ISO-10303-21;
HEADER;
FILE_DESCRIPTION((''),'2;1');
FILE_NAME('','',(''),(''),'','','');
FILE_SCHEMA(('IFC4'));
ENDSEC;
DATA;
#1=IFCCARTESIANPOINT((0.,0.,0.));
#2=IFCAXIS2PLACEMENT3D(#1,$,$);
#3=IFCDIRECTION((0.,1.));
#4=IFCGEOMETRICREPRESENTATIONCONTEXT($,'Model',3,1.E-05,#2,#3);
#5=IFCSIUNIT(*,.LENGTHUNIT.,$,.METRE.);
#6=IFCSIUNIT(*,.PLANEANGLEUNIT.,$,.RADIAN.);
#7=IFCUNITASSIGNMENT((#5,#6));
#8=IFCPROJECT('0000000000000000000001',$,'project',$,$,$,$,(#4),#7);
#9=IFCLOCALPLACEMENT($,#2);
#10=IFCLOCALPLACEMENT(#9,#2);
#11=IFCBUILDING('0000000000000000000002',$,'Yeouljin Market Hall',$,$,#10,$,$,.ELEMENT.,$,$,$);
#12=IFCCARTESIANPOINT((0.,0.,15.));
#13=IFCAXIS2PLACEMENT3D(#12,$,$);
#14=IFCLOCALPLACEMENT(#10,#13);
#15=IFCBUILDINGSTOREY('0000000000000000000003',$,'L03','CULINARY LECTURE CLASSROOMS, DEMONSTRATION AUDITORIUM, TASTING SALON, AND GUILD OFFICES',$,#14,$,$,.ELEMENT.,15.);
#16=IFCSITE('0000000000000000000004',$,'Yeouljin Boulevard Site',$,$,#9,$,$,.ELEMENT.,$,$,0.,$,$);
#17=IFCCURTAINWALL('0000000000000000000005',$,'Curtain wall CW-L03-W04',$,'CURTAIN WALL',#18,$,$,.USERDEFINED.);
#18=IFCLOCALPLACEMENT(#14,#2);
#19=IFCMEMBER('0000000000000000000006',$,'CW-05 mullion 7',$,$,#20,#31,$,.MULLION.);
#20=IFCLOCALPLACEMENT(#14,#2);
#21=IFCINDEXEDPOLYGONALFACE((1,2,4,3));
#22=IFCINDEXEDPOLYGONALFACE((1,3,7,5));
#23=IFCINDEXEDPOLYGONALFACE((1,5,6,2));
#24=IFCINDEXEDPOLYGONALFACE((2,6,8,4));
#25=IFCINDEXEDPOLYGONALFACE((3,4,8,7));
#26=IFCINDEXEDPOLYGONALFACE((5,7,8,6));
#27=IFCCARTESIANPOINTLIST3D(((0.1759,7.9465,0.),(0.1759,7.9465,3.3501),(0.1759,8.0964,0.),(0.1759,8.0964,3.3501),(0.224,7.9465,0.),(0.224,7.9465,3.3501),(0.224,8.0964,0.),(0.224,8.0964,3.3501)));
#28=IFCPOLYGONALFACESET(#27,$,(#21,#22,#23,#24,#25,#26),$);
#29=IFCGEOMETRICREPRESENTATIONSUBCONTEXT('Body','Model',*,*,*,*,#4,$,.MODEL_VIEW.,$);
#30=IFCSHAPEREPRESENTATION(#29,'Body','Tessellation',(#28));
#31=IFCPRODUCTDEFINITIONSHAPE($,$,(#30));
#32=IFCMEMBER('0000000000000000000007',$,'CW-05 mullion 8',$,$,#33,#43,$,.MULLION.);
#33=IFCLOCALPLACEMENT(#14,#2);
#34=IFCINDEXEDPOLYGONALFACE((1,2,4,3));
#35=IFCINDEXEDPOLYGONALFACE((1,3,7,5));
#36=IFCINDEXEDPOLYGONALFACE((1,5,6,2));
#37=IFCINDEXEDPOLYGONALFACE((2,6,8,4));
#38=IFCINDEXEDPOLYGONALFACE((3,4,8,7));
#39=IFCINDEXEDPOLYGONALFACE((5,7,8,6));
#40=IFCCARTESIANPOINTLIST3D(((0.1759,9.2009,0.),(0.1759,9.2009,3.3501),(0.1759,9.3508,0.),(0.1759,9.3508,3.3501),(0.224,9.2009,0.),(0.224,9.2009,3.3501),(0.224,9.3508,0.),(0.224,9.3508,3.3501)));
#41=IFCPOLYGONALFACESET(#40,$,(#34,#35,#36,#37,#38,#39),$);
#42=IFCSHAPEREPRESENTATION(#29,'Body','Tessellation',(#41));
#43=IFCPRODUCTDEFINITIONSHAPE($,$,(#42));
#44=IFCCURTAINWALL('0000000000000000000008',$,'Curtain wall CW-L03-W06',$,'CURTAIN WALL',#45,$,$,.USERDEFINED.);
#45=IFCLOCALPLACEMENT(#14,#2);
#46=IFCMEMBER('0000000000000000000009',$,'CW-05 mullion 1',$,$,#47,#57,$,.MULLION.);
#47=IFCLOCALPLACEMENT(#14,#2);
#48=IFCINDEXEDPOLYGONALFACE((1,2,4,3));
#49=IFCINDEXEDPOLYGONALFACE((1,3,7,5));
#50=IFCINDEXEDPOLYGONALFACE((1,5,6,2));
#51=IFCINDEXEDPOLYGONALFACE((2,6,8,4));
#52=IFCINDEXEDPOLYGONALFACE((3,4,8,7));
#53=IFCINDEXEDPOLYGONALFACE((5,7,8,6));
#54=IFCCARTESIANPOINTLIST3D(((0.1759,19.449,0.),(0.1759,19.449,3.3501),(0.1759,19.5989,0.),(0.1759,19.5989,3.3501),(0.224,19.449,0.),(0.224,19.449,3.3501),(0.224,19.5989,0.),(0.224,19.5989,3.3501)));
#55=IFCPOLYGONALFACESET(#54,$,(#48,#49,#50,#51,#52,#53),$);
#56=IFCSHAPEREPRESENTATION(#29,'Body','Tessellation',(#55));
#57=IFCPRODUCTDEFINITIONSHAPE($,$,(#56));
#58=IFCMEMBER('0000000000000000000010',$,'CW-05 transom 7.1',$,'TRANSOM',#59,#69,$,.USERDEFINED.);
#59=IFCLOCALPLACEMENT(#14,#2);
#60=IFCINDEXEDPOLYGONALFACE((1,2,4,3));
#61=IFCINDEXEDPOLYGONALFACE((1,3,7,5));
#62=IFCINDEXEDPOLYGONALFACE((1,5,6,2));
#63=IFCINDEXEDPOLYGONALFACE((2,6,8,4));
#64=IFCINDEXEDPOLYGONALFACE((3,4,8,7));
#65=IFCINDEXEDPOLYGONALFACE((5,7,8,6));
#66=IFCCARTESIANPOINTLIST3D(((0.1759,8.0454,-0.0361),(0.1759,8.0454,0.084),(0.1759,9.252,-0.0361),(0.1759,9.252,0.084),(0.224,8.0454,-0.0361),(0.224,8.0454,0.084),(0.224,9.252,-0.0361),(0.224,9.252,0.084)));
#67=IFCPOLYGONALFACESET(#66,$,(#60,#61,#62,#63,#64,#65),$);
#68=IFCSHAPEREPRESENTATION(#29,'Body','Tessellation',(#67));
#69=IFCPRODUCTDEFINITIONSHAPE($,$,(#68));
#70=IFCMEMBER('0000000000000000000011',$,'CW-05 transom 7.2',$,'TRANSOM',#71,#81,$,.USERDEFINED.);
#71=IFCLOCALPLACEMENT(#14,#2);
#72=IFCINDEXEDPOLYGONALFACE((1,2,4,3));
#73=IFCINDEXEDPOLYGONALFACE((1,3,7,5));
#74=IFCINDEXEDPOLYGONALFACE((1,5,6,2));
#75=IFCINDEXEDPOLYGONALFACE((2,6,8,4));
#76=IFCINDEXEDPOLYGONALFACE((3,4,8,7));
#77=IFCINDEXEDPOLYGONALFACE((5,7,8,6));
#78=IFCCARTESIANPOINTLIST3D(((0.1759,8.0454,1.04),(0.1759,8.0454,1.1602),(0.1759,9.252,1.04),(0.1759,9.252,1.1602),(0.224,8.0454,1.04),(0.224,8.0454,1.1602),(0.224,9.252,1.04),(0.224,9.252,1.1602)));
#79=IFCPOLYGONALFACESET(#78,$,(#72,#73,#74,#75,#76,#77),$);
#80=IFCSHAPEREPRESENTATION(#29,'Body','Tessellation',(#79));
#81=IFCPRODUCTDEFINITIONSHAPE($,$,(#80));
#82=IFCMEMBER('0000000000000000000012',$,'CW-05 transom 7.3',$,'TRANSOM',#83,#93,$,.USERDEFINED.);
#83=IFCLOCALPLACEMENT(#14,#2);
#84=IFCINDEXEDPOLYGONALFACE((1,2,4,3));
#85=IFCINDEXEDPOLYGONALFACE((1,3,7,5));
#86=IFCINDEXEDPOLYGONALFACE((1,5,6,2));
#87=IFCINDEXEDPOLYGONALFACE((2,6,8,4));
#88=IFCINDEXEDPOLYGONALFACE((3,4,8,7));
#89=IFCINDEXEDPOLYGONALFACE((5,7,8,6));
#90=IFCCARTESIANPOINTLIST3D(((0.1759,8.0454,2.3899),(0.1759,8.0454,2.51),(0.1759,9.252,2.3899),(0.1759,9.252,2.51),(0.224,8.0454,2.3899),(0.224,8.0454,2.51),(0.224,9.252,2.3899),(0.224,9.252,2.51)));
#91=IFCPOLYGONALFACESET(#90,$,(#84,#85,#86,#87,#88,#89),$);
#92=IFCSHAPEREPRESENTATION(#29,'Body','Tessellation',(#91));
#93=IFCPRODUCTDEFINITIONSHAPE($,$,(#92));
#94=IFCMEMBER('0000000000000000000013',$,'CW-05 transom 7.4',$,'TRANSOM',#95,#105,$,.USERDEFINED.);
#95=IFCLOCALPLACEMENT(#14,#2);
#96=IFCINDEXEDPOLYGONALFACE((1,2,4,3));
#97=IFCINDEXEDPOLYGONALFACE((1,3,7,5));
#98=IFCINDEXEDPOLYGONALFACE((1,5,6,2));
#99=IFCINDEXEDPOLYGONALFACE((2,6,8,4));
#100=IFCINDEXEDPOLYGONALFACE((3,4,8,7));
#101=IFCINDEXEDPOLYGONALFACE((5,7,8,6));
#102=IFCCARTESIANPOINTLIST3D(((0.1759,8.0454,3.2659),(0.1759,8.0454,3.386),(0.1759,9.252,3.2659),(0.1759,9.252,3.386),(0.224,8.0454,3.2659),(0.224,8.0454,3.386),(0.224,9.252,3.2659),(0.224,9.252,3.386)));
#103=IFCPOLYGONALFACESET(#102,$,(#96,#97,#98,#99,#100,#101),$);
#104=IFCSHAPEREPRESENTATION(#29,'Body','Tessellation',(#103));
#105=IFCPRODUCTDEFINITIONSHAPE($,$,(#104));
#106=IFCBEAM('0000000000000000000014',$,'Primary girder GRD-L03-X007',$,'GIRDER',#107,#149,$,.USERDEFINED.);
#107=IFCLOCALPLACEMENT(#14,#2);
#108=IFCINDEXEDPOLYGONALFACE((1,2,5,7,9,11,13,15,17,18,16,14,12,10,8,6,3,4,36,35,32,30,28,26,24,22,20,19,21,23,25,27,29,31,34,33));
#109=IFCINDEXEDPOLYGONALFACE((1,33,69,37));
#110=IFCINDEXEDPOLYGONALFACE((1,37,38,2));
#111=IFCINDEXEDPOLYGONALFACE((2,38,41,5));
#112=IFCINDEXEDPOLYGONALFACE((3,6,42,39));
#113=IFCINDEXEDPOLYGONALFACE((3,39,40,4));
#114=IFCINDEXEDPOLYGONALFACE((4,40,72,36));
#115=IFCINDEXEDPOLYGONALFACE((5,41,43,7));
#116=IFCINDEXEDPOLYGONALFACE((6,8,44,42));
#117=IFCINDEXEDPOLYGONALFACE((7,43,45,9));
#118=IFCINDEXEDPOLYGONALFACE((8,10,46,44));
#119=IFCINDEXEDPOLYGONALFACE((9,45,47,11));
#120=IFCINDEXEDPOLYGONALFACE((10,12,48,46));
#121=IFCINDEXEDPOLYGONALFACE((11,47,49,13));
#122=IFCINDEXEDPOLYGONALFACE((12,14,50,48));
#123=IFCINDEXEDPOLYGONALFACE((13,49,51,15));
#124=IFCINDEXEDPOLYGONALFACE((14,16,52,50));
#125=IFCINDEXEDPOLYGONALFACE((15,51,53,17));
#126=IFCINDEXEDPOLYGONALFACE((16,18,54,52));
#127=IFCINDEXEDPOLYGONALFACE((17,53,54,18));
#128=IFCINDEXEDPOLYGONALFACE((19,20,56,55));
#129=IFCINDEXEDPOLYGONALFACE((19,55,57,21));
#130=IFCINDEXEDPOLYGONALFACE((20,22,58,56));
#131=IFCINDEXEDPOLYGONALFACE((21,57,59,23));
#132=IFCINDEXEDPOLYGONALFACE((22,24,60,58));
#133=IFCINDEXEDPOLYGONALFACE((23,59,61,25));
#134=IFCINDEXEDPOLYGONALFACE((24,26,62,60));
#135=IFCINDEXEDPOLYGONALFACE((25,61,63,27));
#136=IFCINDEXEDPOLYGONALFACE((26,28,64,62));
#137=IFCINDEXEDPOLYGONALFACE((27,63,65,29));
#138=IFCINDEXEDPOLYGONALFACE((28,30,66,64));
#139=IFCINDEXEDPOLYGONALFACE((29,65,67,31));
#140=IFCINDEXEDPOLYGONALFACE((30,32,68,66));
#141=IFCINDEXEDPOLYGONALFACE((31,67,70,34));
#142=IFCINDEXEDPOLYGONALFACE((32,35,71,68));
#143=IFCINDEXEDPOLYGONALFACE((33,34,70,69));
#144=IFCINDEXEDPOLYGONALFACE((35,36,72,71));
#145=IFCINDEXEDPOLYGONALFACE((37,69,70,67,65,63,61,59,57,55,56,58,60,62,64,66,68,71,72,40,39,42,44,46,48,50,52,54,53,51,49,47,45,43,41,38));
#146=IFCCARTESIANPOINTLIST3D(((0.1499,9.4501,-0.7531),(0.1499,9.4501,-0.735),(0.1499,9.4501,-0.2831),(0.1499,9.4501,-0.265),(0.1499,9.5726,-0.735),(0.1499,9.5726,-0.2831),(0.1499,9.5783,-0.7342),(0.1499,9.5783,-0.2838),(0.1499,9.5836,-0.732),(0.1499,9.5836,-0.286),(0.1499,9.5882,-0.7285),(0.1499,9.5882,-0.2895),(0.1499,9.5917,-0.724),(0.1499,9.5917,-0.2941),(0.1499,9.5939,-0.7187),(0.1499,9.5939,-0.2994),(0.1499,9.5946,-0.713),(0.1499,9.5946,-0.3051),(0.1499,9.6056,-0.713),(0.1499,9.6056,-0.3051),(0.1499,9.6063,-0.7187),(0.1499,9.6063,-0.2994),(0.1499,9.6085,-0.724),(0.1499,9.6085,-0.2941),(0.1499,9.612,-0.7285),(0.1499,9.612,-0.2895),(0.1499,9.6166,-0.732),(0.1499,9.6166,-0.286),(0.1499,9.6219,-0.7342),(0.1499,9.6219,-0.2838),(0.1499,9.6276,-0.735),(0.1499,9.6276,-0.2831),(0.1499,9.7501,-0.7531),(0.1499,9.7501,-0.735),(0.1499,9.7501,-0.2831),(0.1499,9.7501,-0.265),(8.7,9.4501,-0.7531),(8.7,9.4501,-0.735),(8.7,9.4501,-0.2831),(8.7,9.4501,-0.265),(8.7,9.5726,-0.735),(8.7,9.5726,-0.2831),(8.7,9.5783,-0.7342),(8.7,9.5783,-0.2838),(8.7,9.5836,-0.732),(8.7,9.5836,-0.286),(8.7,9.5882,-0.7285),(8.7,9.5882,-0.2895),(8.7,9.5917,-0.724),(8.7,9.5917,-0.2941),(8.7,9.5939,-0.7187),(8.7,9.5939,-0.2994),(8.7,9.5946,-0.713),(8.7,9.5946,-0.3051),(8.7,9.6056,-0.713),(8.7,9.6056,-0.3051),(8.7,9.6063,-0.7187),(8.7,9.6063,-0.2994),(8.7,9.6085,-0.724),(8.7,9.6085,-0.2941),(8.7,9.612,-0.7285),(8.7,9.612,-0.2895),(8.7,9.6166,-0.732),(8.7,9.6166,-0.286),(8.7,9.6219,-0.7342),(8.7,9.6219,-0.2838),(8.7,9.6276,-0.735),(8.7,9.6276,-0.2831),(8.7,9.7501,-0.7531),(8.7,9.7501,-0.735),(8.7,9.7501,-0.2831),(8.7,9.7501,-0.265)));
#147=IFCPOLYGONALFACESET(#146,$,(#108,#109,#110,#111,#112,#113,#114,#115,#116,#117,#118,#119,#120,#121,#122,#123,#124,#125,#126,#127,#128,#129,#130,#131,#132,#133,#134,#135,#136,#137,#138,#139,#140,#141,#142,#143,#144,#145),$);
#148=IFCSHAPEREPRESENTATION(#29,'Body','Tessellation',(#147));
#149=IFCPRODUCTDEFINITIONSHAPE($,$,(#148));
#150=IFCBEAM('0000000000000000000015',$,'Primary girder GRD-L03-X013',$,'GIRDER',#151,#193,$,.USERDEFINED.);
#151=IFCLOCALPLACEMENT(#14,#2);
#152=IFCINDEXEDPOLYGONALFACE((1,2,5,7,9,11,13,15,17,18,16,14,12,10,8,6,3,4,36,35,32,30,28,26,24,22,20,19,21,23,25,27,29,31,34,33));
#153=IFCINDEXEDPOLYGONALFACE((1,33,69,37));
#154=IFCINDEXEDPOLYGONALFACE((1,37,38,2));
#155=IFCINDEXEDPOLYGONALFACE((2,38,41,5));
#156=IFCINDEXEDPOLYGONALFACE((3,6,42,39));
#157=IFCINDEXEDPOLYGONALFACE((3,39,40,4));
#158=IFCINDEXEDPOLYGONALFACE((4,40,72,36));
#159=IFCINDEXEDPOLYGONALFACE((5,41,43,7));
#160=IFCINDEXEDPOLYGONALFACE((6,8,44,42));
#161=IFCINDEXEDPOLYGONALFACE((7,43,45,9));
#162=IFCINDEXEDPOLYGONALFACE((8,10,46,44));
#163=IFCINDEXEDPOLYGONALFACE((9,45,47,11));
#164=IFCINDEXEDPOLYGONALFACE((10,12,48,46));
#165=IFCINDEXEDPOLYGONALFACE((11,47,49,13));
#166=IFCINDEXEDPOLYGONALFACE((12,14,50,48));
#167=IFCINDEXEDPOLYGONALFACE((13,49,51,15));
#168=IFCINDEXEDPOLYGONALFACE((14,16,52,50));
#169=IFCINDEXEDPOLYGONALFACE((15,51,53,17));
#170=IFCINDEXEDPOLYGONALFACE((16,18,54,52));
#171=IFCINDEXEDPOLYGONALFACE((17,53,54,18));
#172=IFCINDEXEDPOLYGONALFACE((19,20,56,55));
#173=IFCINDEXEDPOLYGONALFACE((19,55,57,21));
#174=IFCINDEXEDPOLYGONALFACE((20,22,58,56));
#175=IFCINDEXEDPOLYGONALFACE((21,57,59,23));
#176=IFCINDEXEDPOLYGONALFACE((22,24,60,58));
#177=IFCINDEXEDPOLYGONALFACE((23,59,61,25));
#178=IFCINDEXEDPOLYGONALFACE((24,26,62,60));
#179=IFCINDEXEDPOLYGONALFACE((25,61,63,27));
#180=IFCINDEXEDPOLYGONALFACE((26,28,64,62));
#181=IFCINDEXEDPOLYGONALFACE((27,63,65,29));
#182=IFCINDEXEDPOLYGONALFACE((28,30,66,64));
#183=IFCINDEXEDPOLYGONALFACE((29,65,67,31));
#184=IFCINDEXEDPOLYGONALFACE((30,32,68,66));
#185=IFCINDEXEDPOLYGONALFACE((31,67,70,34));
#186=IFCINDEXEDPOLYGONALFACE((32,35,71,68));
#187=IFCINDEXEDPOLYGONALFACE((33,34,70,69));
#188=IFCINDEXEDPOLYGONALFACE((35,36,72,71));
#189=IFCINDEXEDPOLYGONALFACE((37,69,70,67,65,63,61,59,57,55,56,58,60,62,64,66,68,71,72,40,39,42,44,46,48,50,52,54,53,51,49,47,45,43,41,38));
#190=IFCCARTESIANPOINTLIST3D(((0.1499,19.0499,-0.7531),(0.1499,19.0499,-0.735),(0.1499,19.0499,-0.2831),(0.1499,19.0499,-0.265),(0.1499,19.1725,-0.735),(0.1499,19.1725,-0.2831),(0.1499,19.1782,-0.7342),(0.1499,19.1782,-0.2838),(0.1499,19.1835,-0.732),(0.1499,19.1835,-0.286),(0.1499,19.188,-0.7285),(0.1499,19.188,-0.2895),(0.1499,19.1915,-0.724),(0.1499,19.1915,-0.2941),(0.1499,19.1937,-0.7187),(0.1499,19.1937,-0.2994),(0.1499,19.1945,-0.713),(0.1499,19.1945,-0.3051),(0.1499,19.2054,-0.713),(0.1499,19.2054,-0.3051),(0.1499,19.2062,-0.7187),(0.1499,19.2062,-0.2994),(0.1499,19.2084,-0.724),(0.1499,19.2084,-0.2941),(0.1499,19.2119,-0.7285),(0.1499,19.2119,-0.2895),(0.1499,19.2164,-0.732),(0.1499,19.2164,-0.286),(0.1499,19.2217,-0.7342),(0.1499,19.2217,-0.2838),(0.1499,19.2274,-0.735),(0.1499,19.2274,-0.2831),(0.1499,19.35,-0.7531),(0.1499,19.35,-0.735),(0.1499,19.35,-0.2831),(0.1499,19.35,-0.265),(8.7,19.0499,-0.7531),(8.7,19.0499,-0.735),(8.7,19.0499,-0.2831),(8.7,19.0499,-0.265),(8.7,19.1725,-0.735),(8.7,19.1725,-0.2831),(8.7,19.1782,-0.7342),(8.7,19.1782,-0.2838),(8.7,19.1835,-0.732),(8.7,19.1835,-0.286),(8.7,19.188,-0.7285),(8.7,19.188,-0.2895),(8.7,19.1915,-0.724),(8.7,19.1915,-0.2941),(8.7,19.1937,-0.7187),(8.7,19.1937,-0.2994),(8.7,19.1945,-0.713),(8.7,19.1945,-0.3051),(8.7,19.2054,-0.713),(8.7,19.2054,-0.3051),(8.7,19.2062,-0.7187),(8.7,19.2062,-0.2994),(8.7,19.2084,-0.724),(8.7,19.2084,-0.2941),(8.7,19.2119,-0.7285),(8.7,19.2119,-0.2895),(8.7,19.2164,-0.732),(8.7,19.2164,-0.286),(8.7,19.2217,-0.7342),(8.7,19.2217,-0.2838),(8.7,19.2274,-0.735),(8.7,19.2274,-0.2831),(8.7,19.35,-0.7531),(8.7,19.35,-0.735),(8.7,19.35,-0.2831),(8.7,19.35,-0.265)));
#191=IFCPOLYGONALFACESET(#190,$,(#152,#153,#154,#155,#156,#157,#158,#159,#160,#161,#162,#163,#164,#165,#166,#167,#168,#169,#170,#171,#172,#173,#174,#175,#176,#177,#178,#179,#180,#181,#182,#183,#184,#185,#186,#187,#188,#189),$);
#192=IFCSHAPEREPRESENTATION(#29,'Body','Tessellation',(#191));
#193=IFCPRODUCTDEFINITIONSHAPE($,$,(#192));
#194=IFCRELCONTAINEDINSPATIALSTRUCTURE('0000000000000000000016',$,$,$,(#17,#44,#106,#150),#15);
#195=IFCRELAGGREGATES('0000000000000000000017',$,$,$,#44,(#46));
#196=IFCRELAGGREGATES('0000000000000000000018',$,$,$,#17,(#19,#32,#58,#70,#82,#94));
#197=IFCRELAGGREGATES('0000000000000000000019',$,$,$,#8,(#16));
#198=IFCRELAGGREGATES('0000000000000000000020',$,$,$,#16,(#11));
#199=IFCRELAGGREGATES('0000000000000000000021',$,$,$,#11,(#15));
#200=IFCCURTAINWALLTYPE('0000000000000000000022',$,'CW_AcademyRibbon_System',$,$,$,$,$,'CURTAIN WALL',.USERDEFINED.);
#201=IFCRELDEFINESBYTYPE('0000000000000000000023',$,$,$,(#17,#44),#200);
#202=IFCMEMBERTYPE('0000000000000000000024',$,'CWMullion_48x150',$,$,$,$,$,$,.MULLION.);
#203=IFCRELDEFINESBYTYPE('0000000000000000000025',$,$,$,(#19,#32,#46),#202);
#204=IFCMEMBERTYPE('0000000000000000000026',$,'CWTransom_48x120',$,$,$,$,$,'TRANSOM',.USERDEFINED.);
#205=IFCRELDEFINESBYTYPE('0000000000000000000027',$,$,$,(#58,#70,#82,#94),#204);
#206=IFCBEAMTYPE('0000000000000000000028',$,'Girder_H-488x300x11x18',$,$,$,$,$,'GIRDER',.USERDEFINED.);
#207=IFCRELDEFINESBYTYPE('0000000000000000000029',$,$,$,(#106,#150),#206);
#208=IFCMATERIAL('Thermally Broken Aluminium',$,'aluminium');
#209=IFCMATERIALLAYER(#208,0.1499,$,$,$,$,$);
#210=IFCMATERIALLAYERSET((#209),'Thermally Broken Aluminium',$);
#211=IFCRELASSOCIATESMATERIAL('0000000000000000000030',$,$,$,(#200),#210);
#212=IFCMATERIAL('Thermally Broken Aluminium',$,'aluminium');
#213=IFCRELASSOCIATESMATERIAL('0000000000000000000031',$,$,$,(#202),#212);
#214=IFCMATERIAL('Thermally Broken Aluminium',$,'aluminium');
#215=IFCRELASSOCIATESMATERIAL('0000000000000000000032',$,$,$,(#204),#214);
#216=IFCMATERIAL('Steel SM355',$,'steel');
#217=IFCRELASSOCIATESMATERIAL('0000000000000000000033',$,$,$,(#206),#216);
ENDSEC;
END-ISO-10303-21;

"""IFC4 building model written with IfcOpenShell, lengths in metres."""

from ifc_helpers import new_model, si_unit, direction, frame, origin, origin_2d, place, context, subcontext, project, spatial, rectangle, i_section, extrude, material, layer, layer_set, material_profile, profile_set, type_object, element, aggregate, save


model = new_model("IFC4")

# Units and contexts
model_context = context("Model", 3, precision=1e-05, world=origin(), true_north=direction((0.0, 1.0)))
body_context = subcontext(model_context, "Body", "Model", "MODEL_VIEW")
ifc_project = project(units=[si_unit("LENGTHUNIT", "METRE"), si_unit("PLANEANGLEUNIT", "RADIAN")], contexts=[model_context])

# Site, building, storey
site_placement = place(None, origin())
site = spatial("IfcSite", under=ifc_project, at=site_placement, Name="Yeouljin Boulevard Site", CompositionType="ELEMENT", RefElevation=0.0)
building_placement = place(site_placement, origin())
building = spatial("IfcBuilding", under=site, at=building_placement, Name="Yeouljin Market Hall", CompositionType="ELEMENT")
storey_placement = place(building_placement, frame((0.0, 0.0, 15.0)))
storey = spatial("IfcBuildingStorey", under=building, at=storey_placement, Name="L03", Description="CULINARY LECTURE CLASSROOMS, DEMONSTRATION AUDITORIUM, TASTING SALON, AND GUILD OFFICES", CompositionType="ELEMENT", Elevation=15.0)

# Curtain wall, members
ifc_material_1 = material(Name="Thermally Broken Aluminium", Category="aluminium")
ifc_layer_1 = layer(ifc_material_1, 0.1499)
ifc_layer_set_1 = layer_set([ifc_layer_1], Name="Thermally Broken Aluminium")
curtain_wall_type = type_object("IfcCurtainWallType", Name="CW_AcademyRibbon_System", ElementType="CURTAIN WALL", PredefinedType="USERDEFINED", material=ifc_layer_set_1)
curtain_wall_1_placement = place(storey_placement, origin())
curtain_wall_1 = element("IfcCurtainWall", 1, at=curtain_wall_1_placement, inside=storey, type_object=curtain_wall_type, Name="Curtain wall CW-L03-W04", ObjectType="CURTAIN WALL", PredefinedType="USERDEFINED")
ifc_material_2 = material(Name="Thermally Broken Aluminium", Category="aluminium")
ifc_material_profile_1 = material_profile(ifc_material_2, rectangle(XDim=0.0481, YDim=0.1499, at=origin_2d()), Name="CW-MULL-48x150")
ifc_profile_set_1 = profile_set([ifc_material_profile_1], Name="Thermally Broken Aluminium")
member_type_1 = type_object("IfcMemberType", Name="CWMullion_48x150", PredefinedType="MULLION", material=ifc_profile_set_1)
member_1_placement = place(storey_placement, frame((0.2, 8.0215, 0.0), z_axis=(0.0, 0.0, 1.0), x_axis=(-1.0, 0.0, 0.0)))
member_1 = element("IfcMember", 2, at=member_1_placement, type_object=member_type_1, Name="CW-05 mullion 7", PredefinedType="MULLION", context=body_context, shape_type="SweptSolid", body=[
    extrude(rectangle(XDim=0.0481, YDim=0.1499, at=origin_2d()), origin(), (0.0, 0.0, 1.0), 3.3501),
])
member_2_placement = place(storey_placement, frame((0.2, 9.2759, 0.0), z_axis=(0.0, 0.0, 1.0), x_axis=(-1.0, 0.0, 0.0)))
member_2 = element("IfcMember", 3, at=member_2_placement, type_object=member_type_1, Name="CW-05 mullion 8", PredefinedType="MULLION", context=body_context, shape_type="SweptSolid", body=[
    extrude(rectangle(XDim=0.0481, YDim=0.1499, at=origin_2d()), origin(), (0.0, 0.0, 1.0), 3.3501),
])

# Curtain wall, member
curtain_wall_2_placement = place(storey_placement, origin())
curtain_wall_2 = element("IfcCurtainWall", 4, at=curtain_wall_2_placement, inside=storey, type_object=curtain_wall_type, Name="Curtain wall CW-L03-W06", ObjectType="CURTAIN WALL", PredefinedType="USERDEFINED")
member_3_placement = place(storey_placement, frame((0.2, 19.5239, 0.0), z_axis=(0.0, 0.0, 1.0), x_axis=(-1.0, 0.0, 0.0)))
member_3 = element("IfcMember", 5, at=member_3_placement, type_object=member_type_1, Name="CW-05 mullion 1", PredefinedType="MULLION", context=body_context, shape_type="SweptSolid", body=[
    extrude(rectangle(XDim=0.0481, YDim=0.1499, at=origin_2d()), origin(), (0.0, 0.0, 1.0), 3.3501),
])
aggregate(curtain_wall_2, [member_3])

# Members
ifc_material_3 = material(Name="Thermally Broken Aluminium", Category="aluminium")
ifc_material_profile_2 = material_profile(ifc_material_3, rectangle(XDim=0.0481, YDim=0.1201, at=origin_2d()), Name="CW-TRAN-48x120")
ifc_profile_set_2 = profile_set([ifc_material_profile_2], Name="Thermally Broken Aluminium")
member_type_2 = type_object("IfcMemberType", Name="CWTransom_48x120", ElementType="TRANSOM", PredefinedType="USERDEFINED", material=ifc_profile_set_2)
member_4_placement = place(storey_placement, frame((0.2, 8.0454, 0.0239), z_axis=(0.0, 1.0, 0.0), x_axis=(-1.0, 0.0, 0.0)))
member_4 = element("IfcMember", 6, at=member_4_placement, type_object=member_type_2, Name="CW-05 transom 7.1", ObjectType="TRANSOM", PredefinedType="USERDEFINED", context=body_context, shape_type="SweptSolid", body=[
    extrude(rectangle(XDim=0.0481, YDim=0.1201, at=origin_2d()), origin(), (0.0, 0.0, 1.0), 1.2065),
])
member_5_placement = place(storey_placement, frame((0.2, 8.0454, 1.1001), z_axis=(0.0, 1.0, 0.0), x_axis=(-1.0, 0.0, 0.0)))
member_5 = element("IfcMember", 7, at=member_5_placement, type_object=member_type_2, Name="CW-05 transom 7.2", ObjectType="TRANSOM", PredefinedType="USERDEFINED", context=body_context, shape_type="SweptSolid", body=[
    extrude(rectangle(XDim=0.0481, YDim=0.1201, at=origin_2d()), origin(), (0.0, 0.0, 1.0), 1.2065),
])
member_6_placement = place(storey_placement, frame((0.2, 8.0454, 2.45), z_axis=(0.0, 1.0, 0.0), x_axis=(-1.0, 0.0, 0.0)))
member_6 = element("IfcMember", 8, at=member_6_placement, type_object=member_type_2, Name="CW-05 transom 7.3", ObjectType="TRANSOM", PredefinedType="USERDEFINED", context=body_context, shape_type="SweptSolid", body=[
    extrude(rectangle(XDim=0.0481, YDim=0.1201, at=origin_2d()), origin(), (0.0, 0.0, 1.0), 1.2065),
])
member_7_placement = place(storey_placement, frame((0.2, 8.0454, 3.3259), z_axis=(0.0, 1.0, 0.0), x_axis=(-1.0, 0.0, 0.0)))
member_7 = element("IfcMember", 9, at=member_7_placement, type_object=member_type_2, Name="CW-05 transom 7.4", ObjectType="TRANSOM", PredefinedType="USERDEFINED", context=body_context, shape_type="SweptSolid", body=[
    extrude(rectangle(XDim=0.0481, YDim=0.1201, at=origin_2d()), origin(), (0.0, 0.0, 1.0), 1.2065),
])

# Beams
ifc_material_4 = material(Name="Steel SM355", Category="steel")
ifc_material_profile_3 = material_profile(ifc_material_4, i_section(OverallWidth=0.3, OverallDepth=0.488, WebThickness=0.011, FlangeThickness=0.0181, FilletRadius=0.022, at=origin_2d()), Name="H-488x300x11x18")
ifc_profile_set_3 = profile_set([ifc_material_profile_3], Name="Steel SM355")
beam_type_1 = type_object("IfcBeamType", Name="Girder_H-488x300x11x18", ElementType="GIRDER", PredefinedType="USERDEFINED", material=ifc_profile_set_3)
for number, where, z_axis, x_axis, name in (
    (10, (0.1499, 9.6001, -0.509), (1.0, 0.0, 0.0), (0.0, 1.0, 0.0), "Primary girder GRD-L03-X007"),
    (11, (0.1499, 19.2, -0.509), (1.0, 0.0, 0.0), (0.0, 1.0, 0.0), "Primary girder GRD-L03-X013"),
):
    element("IfcBeam", number, at=place(storey_placement, frame(where, z_axis=z_axis, x_axis=x_axis)), inside=storey, type_object=beam_type_1, Name=name, ObjectType="GIRDER", PredefinedType="USERDEFINED", context=body_context, shape_type="SweptSolid", body=[
        extrude(i_section(OverallWidth=0.3, OverallDepth=0.488, WebThickness=0.011, FlangeThickness=0.0181, FilletRadius=0.022, at=origin_2d()), origin(), (0.0, 0.0, 1.0), 8.55),
    ])

aggregate(curtain_wall_1, [member_1, member_2, member_4, member_5, member_6, member_7])

save(model, "model.ifc")
